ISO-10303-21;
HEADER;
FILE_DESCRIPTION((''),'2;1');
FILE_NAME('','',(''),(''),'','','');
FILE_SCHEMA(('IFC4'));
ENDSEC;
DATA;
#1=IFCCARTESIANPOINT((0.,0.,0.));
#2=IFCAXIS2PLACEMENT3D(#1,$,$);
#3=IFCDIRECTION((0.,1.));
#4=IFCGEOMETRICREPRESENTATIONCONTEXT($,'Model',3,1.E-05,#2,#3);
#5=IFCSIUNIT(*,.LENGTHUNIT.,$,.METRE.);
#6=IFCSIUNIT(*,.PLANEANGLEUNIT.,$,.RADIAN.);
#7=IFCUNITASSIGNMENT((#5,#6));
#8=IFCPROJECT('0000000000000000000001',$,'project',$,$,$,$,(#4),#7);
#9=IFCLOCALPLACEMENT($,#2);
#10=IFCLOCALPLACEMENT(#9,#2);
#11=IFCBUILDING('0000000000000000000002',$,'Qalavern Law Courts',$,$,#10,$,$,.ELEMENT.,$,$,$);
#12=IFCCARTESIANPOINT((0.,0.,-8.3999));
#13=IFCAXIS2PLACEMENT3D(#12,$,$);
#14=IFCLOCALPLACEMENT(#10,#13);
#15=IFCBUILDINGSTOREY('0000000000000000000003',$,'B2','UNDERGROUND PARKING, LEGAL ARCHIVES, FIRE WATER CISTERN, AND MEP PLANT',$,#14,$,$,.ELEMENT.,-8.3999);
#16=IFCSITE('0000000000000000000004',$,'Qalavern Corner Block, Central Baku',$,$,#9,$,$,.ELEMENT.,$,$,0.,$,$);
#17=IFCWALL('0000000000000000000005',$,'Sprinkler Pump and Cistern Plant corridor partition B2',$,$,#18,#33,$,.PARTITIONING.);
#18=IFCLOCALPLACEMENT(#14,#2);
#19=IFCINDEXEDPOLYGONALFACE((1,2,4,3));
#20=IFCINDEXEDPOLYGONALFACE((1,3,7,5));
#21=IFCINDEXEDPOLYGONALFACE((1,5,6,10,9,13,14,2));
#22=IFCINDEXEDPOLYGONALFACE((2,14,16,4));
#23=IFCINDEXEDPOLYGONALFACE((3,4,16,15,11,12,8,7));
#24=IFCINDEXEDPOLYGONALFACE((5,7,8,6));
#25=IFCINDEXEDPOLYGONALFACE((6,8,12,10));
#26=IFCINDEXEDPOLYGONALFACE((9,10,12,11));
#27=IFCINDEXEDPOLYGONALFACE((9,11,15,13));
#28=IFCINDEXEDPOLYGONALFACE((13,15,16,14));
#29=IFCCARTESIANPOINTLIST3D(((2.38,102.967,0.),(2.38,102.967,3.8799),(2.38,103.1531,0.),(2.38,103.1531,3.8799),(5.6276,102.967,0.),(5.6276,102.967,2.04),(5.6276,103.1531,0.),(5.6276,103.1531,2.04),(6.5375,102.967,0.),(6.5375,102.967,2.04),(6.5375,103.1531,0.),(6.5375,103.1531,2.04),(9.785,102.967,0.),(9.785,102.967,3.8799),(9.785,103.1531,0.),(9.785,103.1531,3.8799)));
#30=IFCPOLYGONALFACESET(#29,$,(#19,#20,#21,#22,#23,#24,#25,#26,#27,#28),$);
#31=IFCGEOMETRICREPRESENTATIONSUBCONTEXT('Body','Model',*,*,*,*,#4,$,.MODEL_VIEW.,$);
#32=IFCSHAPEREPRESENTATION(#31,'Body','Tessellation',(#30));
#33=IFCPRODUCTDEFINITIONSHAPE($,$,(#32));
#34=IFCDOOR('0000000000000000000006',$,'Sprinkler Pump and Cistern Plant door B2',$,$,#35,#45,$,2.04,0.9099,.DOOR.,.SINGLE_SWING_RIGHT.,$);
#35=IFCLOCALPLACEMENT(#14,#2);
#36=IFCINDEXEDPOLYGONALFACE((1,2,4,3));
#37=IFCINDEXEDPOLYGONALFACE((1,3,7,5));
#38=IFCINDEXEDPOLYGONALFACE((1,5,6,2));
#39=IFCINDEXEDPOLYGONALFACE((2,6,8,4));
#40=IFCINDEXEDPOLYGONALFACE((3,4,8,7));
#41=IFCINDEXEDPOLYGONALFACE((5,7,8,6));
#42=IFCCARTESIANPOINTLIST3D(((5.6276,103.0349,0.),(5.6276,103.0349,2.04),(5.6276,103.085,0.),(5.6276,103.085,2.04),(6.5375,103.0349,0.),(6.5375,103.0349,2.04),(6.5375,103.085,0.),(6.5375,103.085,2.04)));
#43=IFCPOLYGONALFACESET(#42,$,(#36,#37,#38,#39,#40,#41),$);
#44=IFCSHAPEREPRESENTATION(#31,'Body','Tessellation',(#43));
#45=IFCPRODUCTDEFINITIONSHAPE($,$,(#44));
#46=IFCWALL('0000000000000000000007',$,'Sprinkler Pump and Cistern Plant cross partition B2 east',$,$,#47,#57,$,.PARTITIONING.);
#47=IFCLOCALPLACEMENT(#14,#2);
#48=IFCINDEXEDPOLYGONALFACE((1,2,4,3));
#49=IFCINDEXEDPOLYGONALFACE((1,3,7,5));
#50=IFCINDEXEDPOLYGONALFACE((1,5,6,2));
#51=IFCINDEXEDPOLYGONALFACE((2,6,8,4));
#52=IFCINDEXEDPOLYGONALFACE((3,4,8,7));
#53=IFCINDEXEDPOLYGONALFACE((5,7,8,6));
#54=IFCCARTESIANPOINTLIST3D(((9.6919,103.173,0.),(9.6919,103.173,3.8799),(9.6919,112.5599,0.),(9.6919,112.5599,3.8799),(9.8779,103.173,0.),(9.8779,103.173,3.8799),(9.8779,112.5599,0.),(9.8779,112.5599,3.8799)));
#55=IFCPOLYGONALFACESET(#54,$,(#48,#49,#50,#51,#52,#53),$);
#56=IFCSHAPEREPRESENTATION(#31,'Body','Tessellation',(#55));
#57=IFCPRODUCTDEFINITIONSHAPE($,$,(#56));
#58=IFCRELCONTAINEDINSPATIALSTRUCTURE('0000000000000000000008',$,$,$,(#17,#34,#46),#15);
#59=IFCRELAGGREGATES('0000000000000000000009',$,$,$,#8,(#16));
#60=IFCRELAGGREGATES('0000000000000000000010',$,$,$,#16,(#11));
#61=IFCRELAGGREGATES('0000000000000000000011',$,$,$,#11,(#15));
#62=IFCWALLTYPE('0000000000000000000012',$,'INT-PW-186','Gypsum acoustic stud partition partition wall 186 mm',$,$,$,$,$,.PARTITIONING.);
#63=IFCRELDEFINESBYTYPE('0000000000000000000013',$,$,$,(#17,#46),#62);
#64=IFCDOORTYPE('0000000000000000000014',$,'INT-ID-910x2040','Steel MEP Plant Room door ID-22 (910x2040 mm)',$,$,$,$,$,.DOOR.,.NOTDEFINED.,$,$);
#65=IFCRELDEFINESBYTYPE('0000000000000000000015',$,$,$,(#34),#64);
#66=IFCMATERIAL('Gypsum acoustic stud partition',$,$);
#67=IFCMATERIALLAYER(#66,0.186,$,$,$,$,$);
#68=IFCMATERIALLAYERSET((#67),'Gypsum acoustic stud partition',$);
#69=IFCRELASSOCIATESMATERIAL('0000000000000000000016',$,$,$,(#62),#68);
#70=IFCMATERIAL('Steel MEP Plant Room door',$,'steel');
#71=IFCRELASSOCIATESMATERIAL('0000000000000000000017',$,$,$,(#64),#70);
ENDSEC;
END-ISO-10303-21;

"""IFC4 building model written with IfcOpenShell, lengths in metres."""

from ifc_helpers import new_model, si_unit, direction, frame, frame_2d, origin, place, context, subcontext, project, spatial, rectangle, extrude, material, layer, layer_set, type_object, element, fill, save


model = new_model("IFC4")

# Units and contexts
model_context = context("Model", 3, precision=1e-05, world=origin(), true_north=direction((0.0, 1.0)))
body_context = subcontext(model_context, "Body", "Model", "MODEL_VIEW")
ifc_project = project(units=[si_unit("LENGTHUNIT", "METRE"), si_unit("PLANEANGLEUNIT", "RADIAN")], contexts=[model_context])

# Site, building, storey
site_placement = place(None, origin())
site = spatial("IfcSite", under=ifc_project, at=site_placement, Name="Qalavern Corner Block, Central Baku", CompositionType="ELEMENT", RefElevation=0.0)
building_placement = place(site_placement, origin())
building = spatial("IfcBuilding", under=site, at=building_placement, Name="Qalavern Law Courts", CompositionType="ELEMENT")
storey_placement = place(building_placement, frame((0.0, 0.0, -8.3999)))
storey = spatial("IfcBuildingStorey", under=building, at=storey_placement, Name="B2", Description="UNDERGROUND PARKING, LEGAL ARCHIVES, FIRE WATER CISTERN, AND MEP PLANT", CompositionType="ELEMENT", Elevation=-8.3999)

# Wall, opening, door
ifc_material_1 = material(Name="Gypsum acoustic stud partition")
ifc_layer_1 = layer(ifc_material_1, 0.186)
ifc_layer_set_1 = layer_set([ifc_layer_1], Name="Gypsum acoustic stud partition")
wall_type_1 = type_object("IfcWallType", Name="INT-PW-186", Description="Gypsum acoustic stud partition partition wall 186 mm", PredefinedType="PARTITIONING", material=ifc_layer_set_1)
wall_1_placement = place(storey_placement, frame((2.3799, 103.0601, 0.0), z_axis=(0.0, 0.0, 1.0), x_axis=(1.0, 0.0, 0.0)))
wall_1 = element("IfcWall", 1, at=wall_1_placement, inside=storey, type_object=wall_type_1, Name="Sprinkler Pump and Cistern Plant corridor partition B2", PredefinedType="PARTITIONING", context=body_context, shape_type="SweptSolid", body=[
    extrude(rectangle(XDim=7.405, YDim=0.186, at=frame_2d((3.7026, 0.0))), origin(), (0.0, 0.0, 1.0), 3.8799),
])
opening_1_placement = place(wall_1_placement, frame((3.2476, 0.0, 0.0)))
opening_1 = element("IfcOpeningElement", 2, at=opening_1_placement, cuts=wall_1, PredefinedType="OPENING", context=body_context, shape_type="SweptSolid", body=[
    extrude(rectangle(XDim=0.9099, YDim=2.04, at=frame_2d((0.4551, 1.02))), frame((0.0, 0.1079, 0.0), z_axis=(0.0, -1.0, 0.0), x_axis=(1.0, 0.0, 0.0)), (0.0, 0.0, 1.0), 0.2158),
])
ifc_material_2 = material(Name="Steel MEP Plant Room door", Category="steel")
door_type_1 = type_object("IfcDoorType", Name="INT-ID-910x2040", Description="Steel MEP Plant Room door ID-22 (910x2040 mm)", OperationType="NOTDEFINED", PredefinedType="DOOR", material=ifc_material_2)
door_1_placement = place(opening_1_placement, origin())
door_1 = element("IfcDoor", 3, at=door_1_placement, inside=storey, type_object=door_type_1, Name="Sprinkler Pump and Cistern Plant door B2", OperationType="SINGLE_SWING_RIGHT", OverallHeight=2.04, OverallWidth=0.9099, PredefinedType="DOOR", context=body_context, shape_type="SweptSolid", body=[
    extrude(rectangle(XDim=0.9099, YDim=2.04, at=frame_2d((0.4551, 1.02))), frame((0.0, 0.0249, 0.0), z_axis=(0.0, -1.0, 0.0), x_axis=(1.0, 0.0, 0.0)), (0.0, 0.0, 1.0), 0.05),
])
fill(opening_1, door_1)

# Wall
wall_2_placement = place(storey_placement, frame((9.7849, 103.1731, 0.0), z_axis=(0.0, 0.0, 1.0), x_axis=(0.0, 1.0, 0.0)))
element("IfcWall", 4, at=wall_2_placement, inside=storey, type_object=wall_type_1, Name="Sprinkler Pump and Cistern Plant cross partition B2 east", PredefinedType="PARTITIONING", context=body_context, shape_type="SweptSolid", body=[
    extrude(rectangle(XDim=9.387, YDim=0.186, at=frame_2d((4.6934, 0.0))), origin(), (0.0, 0.0, 1.0), 3.8799),
])

save(model, "model.ifc")
